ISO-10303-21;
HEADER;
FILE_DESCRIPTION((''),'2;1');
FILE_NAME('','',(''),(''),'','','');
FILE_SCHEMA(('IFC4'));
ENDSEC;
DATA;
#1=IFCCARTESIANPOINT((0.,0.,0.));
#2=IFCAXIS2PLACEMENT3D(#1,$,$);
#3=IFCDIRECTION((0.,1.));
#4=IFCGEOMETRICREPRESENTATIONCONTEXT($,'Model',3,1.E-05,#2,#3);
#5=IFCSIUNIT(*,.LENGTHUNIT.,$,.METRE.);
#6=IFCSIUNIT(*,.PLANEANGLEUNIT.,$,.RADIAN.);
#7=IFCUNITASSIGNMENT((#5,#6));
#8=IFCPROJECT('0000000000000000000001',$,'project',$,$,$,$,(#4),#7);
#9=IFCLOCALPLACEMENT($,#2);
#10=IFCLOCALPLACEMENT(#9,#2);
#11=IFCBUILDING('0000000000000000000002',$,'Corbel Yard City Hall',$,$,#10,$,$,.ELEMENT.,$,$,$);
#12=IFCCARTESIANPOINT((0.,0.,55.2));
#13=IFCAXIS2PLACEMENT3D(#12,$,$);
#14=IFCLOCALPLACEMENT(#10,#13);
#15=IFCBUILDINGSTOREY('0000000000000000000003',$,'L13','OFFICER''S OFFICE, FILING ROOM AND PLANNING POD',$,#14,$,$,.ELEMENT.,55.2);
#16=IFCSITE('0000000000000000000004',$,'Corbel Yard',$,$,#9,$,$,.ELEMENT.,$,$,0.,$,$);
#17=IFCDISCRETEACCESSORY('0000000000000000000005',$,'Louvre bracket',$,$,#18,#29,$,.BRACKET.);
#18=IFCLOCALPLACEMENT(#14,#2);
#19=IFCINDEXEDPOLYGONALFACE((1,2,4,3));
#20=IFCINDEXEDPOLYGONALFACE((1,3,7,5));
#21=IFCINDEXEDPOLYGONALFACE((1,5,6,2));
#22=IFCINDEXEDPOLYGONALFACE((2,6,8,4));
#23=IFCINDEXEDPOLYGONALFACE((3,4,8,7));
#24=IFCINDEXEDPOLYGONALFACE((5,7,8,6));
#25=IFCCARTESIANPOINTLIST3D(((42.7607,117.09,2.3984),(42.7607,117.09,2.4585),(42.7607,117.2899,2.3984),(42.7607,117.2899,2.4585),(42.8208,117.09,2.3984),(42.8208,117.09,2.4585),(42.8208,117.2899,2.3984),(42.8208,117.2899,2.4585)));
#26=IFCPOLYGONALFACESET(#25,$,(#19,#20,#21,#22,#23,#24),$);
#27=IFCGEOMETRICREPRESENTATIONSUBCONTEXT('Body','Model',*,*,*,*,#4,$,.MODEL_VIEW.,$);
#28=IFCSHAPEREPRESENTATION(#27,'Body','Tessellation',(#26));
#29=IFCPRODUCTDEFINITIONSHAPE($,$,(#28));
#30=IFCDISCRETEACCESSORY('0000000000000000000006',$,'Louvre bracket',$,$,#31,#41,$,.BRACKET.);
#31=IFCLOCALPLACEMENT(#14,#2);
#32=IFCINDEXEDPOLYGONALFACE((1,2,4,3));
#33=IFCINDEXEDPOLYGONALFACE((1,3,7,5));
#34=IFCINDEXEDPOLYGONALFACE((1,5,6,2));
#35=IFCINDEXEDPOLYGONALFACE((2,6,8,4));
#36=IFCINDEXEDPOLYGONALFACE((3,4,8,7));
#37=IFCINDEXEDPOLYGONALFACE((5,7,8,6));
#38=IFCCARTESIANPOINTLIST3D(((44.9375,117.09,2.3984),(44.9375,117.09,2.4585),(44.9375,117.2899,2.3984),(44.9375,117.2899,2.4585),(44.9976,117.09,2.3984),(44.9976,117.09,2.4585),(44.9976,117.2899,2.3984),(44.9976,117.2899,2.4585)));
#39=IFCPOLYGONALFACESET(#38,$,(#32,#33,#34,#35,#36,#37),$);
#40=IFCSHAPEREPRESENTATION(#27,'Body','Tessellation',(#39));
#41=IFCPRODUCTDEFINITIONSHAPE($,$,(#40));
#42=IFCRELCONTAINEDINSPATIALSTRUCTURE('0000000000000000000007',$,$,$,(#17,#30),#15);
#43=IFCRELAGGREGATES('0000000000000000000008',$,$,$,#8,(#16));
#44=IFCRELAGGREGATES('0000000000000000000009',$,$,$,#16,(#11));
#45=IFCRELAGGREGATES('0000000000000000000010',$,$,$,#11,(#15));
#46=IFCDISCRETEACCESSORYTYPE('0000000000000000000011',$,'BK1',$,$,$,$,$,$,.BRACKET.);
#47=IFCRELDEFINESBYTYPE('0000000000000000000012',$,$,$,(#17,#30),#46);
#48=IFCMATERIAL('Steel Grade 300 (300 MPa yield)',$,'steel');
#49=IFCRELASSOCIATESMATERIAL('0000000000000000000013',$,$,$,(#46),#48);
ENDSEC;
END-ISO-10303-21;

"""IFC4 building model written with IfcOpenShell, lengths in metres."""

from ifc_helpers import new_model, si_unit, direction, frame, origin, origin_2d, place, context, subcontext, project, spatial, rectangle, extrude, material, type_object, element, save


model = new_model("IFC4")

# Units and contexts
model_context = context("Model", 3, precision=1e-05, world=origin(), true_north=direction((0.0, 1.0)))
body_context = subcontext(model_context, "Body", "Model", "MODEL_VIEW")
ifc_project = project(units=[si_unit("LENGTHUNIT", "METRE"), si_unit("PLANEANGLEUNIT", "RADIAN")], contexts=[model_context])

# Site, building, storey
site_placement = place(None, origin())
site = spatial("IfcSite", under=ifc_project, at=site_placement, Name="Corbel Yard", CompositionType="ELEMENT", RefElevation=0.0)
building_placement = place(site_placement, origin())
building = spatial("IfcBuilding", under=site, at=building_placement, Name="Corbel Yard City Hall", CompositionType="ELEMENT")
storey_placement = place(building_placement, frame((0.0, 0.0, 55.2)))
storey = spatial("IfcBuildingStorey", under=building, at=storey_placement, Name="L13", Description="OFFICER'S OFFICE, FILING ROOM AND PLANNING POD", CompositionType="ELEMENT", Elevation=55.2)

# Discrete accessories
ifc_material_1 = material(Name="Steel Grade 300 (300 MPa yield)", Category="steel")
discrete_accessory_type = type_object("IfcDiscreteAccessoryType", Name="BK1", PredefinedType="BRACKET", material=ifc_material_1)
for number, where, z_axis, x_axis, name in (
    (1, (42.7908, 117.1899, 2.3984), (0.0, 0.0, 1.0), (1.0, 0.0, 0.0), "Louvre bracket"),
    (2, (44.9675, 117.1899, 2.3984), (0.0, 0.0, 1.0), (1.0, 0.0, 0.0), "Louvre bracket"),
):
    element("IfcDiscreteAccessory", number, at=place(storey_placement, frame(where, z_axis=z_axis, x_axis=x_axis)), inside=storey, type_object=discrete_accessory_type, Name=name, PredefinedType="BRACKET", context=body_context, shape_type="SweptSolid", body=[
        extrude(rectangle(XDim=0.0601, YDim=0.2, at=origin_2d()), origin(), (0.0, 0.0, 1.0), 0.0601),
    ])

save(model, "model.ifc")
